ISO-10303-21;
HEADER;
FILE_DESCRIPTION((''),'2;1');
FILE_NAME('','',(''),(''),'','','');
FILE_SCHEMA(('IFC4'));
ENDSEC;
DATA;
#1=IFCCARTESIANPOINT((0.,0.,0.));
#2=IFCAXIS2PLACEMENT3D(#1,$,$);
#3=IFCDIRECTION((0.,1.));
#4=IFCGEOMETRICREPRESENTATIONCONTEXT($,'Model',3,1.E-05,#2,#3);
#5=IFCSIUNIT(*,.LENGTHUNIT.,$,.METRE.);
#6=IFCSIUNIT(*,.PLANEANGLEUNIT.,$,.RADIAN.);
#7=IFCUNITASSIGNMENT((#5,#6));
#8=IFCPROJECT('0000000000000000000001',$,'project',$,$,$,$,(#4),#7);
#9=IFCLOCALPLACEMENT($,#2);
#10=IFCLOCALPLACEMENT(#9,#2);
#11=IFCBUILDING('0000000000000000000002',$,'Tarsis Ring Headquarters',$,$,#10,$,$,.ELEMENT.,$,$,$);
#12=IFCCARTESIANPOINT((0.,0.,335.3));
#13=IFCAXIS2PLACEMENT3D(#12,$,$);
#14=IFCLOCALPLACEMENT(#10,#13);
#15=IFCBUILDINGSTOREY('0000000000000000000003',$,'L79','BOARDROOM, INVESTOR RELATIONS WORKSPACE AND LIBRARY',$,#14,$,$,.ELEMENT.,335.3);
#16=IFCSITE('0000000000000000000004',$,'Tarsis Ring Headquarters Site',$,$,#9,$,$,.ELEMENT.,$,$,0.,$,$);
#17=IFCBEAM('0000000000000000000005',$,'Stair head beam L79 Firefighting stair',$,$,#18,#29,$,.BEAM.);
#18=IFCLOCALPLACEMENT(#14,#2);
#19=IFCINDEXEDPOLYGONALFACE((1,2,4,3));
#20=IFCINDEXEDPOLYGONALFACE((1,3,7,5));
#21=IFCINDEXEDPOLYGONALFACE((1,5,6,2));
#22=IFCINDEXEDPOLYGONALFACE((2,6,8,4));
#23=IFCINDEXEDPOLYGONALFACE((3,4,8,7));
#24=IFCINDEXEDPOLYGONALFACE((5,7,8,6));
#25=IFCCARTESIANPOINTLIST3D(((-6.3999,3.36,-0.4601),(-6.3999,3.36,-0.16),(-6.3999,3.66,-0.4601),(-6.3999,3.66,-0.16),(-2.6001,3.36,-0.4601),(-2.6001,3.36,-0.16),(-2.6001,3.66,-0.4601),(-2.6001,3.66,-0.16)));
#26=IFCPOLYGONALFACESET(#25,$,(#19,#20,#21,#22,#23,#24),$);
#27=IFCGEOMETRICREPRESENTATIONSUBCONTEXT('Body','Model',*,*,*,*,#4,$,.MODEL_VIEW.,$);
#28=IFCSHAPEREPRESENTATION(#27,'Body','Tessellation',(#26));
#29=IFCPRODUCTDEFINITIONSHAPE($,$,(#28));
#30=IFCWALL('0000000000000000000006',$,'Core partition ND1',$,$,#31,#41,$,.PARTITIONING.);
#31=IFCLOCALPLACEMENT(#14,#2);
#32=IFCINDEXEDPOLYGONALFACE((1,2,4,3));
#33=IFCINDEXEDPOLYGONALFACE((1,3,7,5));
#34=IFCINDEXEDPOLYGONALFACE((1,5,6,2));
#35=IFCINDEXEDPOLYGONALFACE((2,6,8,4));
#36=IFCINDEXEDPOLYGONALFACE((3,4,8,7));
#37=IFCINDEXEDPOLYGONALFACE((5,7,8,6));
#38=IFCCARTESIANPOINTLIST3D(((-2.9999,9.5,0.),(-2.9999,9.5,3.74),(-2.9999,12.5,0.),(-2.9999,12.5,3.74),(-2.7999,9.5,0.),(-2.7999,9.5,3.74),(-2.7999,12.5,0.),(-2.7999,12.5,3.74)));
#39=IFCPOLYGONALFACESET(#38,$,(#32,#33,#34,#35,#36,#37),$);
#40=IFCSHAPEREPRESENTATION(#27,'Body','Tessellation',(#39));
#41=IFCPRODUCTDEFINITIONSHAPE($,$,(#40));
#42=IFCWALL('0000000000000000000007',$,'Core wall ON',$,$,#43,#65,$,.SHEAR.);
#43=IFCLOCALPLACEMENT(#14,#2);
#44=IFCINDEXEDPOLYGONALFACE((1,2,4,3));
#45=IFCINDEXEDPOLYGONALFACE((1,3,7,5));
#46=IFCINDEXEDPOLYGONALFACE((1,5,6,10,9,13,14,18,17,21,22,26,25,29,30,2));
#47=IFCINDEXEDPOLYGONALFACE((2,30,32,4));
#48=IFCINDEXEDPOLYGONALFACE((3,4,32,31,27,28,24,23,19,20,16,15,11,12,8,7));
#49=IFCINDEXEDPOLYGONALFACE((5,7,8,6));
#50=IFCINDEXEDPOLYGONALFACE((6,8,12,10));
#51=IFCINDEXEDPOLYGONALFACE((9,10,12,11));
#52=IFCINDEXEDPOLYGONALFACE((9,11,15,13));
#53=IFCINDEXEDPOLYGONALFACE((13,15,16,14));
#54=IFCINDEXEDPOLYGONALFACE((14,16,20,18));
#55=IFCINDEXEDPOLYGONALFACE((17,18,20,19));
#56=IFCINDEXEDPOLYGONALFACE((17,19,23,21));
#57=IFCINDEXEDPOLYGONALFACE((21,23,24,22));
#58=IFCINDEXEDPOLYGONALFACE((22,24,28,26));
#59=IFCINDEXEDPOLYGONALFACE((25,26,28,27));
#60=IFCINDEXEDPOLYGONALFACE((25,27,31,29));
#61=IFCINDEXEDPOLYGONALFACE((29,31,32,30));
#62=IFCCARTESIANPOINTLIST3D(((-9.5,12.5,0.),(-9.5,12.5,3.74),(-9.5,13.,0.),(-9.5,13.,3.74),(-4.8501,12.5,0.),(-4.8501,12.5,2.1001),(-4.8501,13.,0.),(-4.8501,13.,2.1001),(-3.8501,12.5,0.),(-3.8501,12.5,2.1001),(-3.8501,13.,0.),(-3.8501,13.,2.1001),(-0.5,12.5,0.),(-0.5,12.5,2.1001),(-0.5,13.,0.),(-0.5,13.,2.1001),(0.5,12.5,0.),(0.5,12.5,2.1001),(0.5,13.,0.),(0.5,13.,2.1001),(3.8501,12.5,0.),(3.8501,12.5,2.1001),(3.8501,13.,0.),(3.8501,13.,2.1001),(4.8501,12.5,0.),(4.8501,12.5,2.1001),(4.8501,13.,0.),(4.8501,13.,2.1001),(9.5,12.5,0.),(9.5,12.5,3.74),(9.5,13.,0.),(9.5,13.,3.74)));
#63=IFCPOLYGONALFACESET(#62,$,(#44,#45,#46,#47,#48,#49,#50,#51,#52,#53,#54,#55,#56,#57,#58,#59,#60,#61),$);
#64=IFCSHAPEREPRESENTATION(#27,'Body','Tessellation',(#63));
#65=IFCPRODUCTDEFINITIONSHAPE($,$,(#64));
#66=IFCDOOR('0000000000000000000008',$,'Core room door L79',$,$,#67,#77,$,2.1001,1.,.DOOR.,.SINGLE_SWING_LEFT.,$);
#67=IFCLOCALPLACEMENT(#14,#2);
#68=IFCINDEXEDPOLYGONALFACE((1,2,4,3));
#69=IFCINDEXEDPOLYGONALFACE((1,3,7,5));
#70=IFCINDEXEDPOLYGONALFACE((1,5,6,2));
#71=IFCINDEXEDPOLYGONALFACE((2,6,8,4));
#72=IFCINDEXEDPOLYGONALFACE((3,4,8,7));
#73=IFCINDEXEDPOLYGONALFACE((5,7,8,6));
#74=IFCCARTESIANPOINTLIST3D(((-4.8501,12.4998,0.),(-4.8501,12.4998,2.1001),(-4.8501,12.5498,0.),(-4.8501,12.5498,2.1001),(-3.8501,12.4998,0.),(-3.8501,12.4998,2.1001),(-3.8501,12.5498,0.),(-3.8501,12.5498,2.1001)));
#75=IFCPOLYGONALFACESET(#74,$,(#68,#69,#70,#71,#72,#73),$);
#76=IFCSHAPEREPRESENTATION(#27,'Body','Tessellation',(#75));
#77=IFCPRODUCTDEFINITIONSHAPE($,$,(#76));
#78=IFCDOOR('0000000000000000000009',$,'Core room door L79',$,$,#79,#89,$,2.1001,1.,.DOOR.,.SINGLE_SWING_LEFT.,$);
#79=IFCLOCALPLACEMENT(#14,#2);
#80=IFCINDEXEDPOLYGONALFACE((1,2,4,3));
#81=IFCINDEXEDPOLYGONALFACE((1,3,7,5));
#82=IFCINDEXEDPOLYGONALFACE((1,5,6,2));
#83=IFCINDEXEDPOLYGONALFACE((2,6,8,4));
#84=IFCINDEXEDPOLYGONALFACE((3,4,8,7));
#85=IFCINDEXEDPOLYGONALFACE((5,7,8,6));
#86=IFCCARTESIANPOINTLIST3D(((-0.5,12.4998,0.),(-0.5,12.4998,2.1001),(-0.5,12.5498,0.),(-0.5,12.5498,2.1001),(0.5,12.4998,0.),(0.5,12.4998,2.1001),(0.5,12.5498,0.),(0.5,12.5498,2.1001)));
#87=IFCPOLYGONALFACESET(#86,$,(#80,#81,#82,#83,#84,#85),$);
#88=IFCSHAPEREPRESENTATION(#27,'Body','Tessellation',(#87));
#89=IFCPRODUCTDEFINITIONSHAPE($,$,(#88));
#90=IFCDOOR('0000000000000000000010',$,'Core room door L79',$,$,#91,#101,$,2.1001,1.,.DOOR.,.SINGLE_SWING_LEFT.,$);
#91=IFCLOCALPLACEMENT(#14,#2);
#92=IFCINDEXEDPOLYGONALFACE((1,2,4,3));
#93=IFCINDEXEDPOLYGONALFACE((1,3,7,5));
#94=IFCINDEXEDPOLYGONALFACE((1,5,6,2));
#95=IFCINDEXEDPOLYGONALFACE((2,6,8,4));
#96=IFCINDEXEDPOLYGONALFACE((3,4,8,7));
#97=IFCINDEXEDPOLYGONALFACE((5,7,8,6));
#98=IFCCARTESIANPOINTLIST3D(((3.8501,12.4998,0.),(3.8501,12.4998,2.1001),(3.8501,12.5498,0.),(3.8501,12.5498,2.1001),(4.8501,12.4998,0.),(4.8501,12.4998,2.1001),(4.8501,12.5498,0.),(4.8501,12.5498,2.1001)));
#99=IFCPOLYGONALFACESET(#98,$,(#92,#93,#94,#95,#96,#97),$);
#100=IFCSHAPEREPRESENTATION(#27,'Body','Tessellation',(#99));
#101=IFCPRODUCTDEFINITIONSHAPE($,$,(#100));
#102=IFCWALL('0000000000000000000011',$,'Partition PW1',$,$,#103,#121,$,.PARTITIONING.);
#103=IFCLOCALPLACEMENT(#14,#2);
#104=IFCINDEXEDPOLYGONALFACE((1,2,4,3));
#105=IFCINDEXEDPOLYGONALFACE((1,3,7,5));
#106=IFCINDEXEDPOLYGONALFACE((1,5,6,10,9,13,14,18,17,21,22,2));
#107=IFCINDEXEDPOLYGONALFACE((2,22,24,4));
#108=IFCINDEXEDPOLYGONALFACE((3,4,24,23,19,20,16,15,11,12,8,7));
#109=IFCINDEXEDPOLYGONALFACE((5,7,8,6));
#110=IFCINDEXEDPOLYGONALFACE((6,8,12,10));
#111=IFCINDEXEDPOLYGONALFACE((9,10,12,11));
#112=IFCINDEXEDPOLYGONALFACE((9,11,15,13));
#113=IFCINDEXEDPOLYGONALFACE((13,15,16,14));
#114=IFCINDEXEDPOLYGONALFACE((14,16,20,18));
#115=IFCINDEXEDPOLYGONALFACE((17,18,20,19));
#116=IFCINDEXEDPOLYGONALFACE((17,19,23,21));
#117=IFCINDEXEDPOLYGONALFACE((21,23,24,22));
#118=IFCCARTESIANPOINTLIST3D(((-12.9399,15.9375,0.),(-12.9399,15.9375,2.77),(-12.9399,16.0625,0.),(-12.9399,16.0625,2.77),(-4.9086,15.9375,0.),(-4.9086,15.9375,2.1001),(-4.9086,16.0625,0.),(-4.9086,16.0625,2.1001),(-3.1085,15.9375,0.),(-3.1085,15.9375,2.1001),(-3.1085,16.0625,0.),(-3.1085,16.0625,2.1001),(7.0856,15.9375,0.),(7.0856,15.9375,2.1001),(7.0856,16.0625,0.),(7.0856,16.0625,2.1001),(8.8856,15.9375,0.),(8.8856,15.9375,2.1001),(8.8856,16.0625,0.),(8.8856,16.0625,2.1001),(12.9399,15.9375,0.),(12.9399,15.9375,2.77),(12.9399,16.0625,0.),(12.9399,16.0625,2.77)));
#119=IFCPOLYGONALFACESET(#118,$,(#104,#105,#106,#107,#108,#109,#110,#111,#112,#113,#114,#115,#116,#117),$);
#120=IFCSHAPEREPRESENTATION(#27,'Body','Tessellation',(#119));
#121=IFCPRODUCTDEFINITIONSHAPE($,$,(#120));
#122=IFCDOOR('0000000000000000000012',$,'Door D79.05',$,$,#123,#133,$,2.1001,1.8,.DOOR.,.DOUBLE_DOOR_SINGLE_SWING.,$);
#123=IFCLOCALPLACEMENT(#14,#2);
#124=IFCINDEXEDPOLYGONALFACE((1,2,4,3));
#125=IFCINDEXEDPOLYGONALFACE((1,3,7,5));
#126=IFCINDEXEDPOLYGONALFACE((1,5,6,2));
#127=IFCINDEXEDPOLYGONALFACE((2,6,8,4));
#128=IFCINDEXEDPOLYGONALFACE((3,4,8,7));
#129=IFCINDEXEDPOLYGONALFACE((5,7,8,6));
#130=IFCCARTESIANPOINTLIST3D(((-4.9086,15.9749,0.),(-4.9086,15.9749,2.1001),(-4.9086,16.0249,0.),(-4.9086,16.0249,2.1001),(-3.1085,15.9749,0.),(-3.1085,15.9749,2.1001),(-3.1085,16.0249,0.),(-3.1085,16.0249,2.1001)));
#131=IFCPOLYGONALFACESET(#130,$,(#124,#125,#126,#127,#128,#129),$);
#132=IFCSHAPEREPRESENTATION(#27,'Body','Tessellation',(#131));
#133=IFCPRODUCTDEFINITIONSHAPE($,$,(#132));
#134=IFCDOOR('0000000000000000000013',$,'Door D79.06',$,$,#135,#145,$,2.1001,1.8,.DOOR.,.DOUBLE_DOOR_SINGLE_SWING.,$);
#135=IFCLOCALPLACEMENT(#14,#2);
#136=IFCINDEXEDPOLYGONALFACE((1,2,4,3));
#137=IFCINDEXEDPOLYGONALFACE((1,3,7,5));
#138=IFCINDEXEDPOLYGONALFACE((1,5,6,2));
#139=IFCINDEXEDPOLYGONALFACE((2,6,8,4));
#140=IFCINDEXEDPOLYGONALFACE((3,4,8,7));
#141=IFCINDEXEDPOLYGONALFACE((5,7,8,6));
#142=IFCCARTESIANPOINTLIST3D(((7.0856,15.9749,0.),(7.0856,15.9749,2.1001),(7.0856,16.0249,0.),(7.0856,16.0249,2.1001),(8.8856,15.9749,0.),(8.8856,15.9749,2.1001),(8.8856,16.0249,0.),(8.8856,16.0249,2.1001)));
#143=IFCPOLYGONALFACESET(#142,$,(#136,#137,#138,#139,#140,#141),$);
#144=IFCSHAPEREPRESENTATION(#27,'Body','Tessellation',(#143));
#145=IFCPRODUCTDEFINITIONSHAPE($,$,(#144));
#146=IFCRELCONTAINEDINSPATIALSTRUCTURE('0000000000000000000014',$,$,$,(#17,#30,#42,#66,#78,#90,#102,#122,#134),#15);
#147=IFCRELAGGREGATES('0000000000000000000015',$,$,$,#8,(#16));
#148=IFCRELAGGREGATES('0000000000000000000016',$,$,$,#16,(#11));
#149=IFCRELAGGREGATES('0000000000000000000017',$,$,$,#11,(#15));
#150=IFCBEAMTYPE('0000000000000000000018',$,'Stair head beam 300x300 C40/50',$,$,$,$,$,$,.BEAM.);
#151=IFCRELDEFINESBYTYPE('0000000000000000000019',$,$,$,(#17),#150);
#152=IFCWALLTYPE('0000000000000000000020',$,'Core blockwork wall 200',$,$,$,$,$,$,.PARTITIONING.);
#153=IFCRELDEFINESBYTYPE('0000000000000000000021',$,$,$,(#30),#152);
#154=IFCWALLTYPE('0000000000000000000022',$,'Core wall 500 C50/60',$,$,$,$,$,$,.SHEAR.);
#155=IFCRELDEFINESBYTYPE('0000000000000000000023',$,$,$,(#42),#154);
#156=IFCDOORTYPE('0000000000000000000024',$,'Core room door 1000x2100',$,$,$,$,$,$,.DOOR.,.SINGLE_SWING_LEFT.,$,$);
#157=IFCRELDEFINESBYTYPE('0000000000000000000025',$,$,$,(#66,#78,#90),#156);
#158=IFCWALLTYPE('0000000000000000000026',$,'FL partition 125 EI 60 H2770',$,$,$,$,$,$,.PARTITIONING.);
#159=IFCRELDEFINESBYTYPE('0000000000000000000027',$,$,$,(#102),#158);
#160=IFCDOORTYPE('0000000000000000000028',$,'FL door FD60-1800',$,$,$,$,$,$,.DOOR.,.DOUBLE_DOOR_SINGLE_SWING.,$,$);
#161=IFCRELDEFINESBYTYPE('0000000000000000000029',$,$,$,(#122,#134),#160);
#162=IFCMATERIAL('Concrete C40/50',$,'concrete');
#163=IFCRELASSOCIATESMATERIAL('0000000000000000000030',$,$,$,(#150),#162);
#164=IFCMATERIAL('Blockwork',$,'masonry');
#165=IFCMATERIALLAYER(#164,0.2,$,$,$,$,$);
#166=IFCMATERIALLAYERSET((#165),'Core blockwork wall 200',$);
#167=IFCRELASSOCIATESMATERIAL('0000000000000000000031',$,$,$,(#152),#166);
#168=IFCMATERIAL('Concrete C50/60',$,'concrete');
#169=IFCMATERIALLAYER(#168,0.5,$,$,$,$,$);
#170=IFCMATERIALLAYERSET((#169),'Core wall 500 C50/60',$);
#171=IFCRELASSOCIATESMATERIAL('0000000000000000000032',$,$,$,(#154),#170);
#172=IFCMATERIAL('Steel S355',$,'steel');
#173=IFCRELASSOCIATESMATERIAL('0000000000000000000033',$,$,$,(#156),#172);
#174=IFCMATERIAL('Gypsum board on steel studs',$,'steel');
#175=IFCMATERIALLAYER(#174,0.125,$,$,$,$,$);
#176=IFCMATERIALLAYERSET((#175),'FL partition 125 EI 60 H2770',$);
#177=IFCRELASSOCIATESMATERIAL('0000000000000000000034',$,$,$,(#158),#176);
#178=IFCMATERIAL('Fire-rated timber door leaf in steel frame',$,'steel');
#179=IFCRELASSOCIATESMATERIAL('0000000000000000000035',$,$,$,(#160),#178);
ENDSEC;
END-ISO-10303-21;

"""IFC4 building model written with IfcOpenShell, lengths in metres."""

from ifc_helpers import new_model, si_unit, direction, frame, frame_2d, origin, origin_2d, place, context, subcontext, project, spatial, rectangle, extrude, material, layer, layer_set, material_profile, profile_set, type_object, element, fill, save


model = new_model("IFC4")

# Units and contexts
model_context = context("Model", 3, precision=1e-05, world=origin(), true_north=direction((0.0, 1.0)))
body_context = subcontext(model_context, "Body", "Model", "MODEL_VIEW")
ifc_project = project(units=[si_unit("LENGTHUNIT", "METRE"), si_unit("PLANEANGLEUNIT", "RADIAN")], contexts=[model_context])

# Site, building, storey
site_placement = place(None, origin())
site = spatial("IfcSite", under=ifc_project, at=site_placement, Name="Tarsis Ring Headquarters Site", CompositionType="ELEMENT", RefElevation=0.0)
building_placement = place(site_placement, origin())
building = spatial("IfcBuilding", under=site, at=building_placement, Name="Tarsis Ring Headquarters", CompositionType="ELEMENT")
storey_placement = place(building_placement, frame((0.0, 0.0, 335.3)))
storey = spatial("IfcBuildingStorey", under=building, at=storey_placement, Name="L79", Description="BOARDROOM, INVESTOR RELATIONS WORKSPACE AND LIBRARY", CompositionType="ELEMENT", Elevation=335.3)

# Beam
ifc_material_1 = material(Name="Concrete C40/50", Category="concrete")
ifc_material_profile = material_profile(ifc_material_1, rectangle(XDim=0.3, YDim=0.3, at=origin_2d()), Name="Stair head beam 300x300 C40/50")
ifc_profile_set = profile_set([ifc_material_profile], Name="Concrete C40/50")
beam_type = type_object("IfcBeamType", Name="Stair head beam 300x300 C40/50", PredefinedType="BEAM", material=ifc_profile_set)
beam_placement = place(storey_placement, frame((-6.3999, 3.51, -0.3101), z_axis=(1.0, 0.0, 0.0), x_axis=(0.0, 1.0, 0.0)))
element("IfcBeam", 1, at=beam_placement, inside=storey, type_object=beam_type, Name="Stair head beam L79 Firefighting stair", PredefinedType="BEAM", context=body_context, shape_type="SweptSolid", body=[
    extrude(rectangle(XDim=0.3, YDim=0.3, at=origin_2d()), origin(), (0.0, 0.0, 1.0), 3.7998),
])

# Wall
ifc_material_2 = material(Name="Blockwork", Category="masonry")
ifc_layer_1 = layer(ifc_material_2, 0.2)
ifc_layer_set_1 = layer_set([ifc_layer_1], Name="Core blockwork wall 200")
wall_type_1 = type_object("IfcWallType", Name="Core blockwork wall 200", PredefinedType="PARTITIONING", material=ifc_layer_set_1)
wall_1_placement = place(storey_placement, frame((-2.8999, 9.5, 0.0), z_axis=(0.0, 0.0, 1.0), x_axis=(0.0, 1.0, 0.0)))
element("IfcWall", 2, at=wall_1_placement, inside=storey, type_object=wall_type_1, Name="Core partition ND1", PredefinedType="PARTITIONING", context=body_context, shape_type="SweptSolid", body=[
    extrude(rectangle(XDim=3.0, YDim=0.2, at=frame_2d((1.5, 0.0))), origin(), (0.0, 0.0, 1.0), 3.74),
])

# Walls, openings, doors
ifc_material_3 = material(Name="Concrete C50/60", Category="concrete")
ifc_layer_2 = layer(ifc_material_3, 0.5)
ifc_layer_set_2 = layer_set([ifc_layer_2], Name="Core wall 500 C50/60")
wall_type_2 = type_object("IfcWallType", Name="Core wall 500 C50/60", PredefinedType="SHEAR", material=ifc_layer_set_2)
wall_2_placement = place(storey_placement, frame((-9.5, 12.75, 0.0), z_axis=(0.0, 0.0, 1.0), x_axis=(1.0, 0.0, 0.0)))
wall_2 = element("IfcWall", 3, at=wall_2_placement, inside=storey, type_object=wall_type_2, Name="Core wall ON", PredefinedType="SHEAR", context=body_context, shape_type="SweptSolid", body=[
    extrude(rectangle(XDim=19.0, YDim=0.5, at=frame_2d((9.5, 0.0))), origin(), (0.0, 0.0, 1.0), 3.74),
])
opening_1_placement = place(wall_2_placement, frame((4.6499, 0.0, 0.0)))
opening_1 = element("IfcOpeningElement", 4, at=opening_1_placement, cuts=wall_2, PredefinedType="OPENING", context=body_context, shape_type="SweptSolid", body=[
    extrude(rectangle(XDim=1.0, YDim=2.1001, at=frame_2d((0.5, 1.05))), frame((0.0, 0.26, 0.0), z_axis=(0.0, -1.0, 0.0), x_axis=(1.0, 0.0, 0.0)), (0.0, 0.0, 1.0), 0.52),
])
opening_2_placement = place(wall_2_placement, frame((9.0, 0.0, 0.0)))
opening_2 = element("IfcOpeningElement", 5, at=opening_2_placement, cuts=wall_2, PredefinedType="OPENING", context=body_context, shape_type="SweptSolid", body=[
    extrude(rectangle(XDim=1.0, YDim=2.1001, at=frame_2d((0.5, 1.05))), frame((0.0, 0.26, 0.0), z_axis=(0.0, -1.0, 0.0), x_axis=(1.0, 0.0, 0.0)), (0.0, 0.0, 1.0), 0.52),
])
opening_3_placement = place(wall_2_placement, frame((13.3501, 0.0, 0.0)))
opening_3 = element("IfcOpeningElement", 6, at=opening_3_placement, cuts=wall_2, PredefinedType="OPENING", context=body_context, shape_type="SweptSolid", body=[
    extrude(rectangle(XDim=1.0, YDim=2.1001, at=frame_2d((0.5, 1.05))), frame((0.0, 0.26, 0.0), z_axis=(0.0, -1.0, 0.0), x_axis=(1.0, 0.0, 0.0)), (0.0, 0.0, 1.0), 0.52),
])
ifc_material_4 = material(Name="Steel S355", Category="steel")
door_type_1 = type_object("IfcDoorType", Name="Core room door 1000x2100", OperationType="SINGLE_SWING_LEFT", PredefinedType="DOOR", material=ifc_material_4)
door_1_placement = place(opening_1_placement, origin())
door_1 = element("IfcDoor", 7, at=door_1_placement, inside=storey, type_object=door_type_1, Name="Core room door L79", OperationType="SINGLE_SWING_LEFT", OverallHeight=2.1001, OverallWidth=1.0, PredefinedType="DOOR", context=body_context, shape_type="SweptSolid", body=[
    extrude(rectangle(XDim=1.0, YDim=2.1001, at=frame_2d((0.5, 1.05))), frame((0.0, -0.2002, 0.0), z_axis=(0.0, -1.0, 0.0), x_axis=(1.0, 0.0, 0.0)), (0.0, 0.0, 1.0), 0.05),
])
fill(opening_1, door_1)
door_2_placement = place(opening_2_placement, origin())
door_2 = element("IfcDoor", 8, at=door_2_placement, inside=storey, type_object=door_type_1, Name="Core room door L79", OperationType="SINGLE_SWING_LEFT", OverallHeight=2.1001, OverallWidth=1.0, PredefinedType="DOOR", context=body_context, shape_type="SweptSolid", body=[
    extrude(rectangle(XDim=1.0, YDim=2.1001, at=frame_2d((0.5, 1.05))), frame((0.0, -0.2002, 0.0), z_axis=(0.0, -1.0, 0.0), x_axis=(1.0, 0.0, 0.0)), (0.0, 0.0, 1.0), 0.05),
])
fill(opening_2, door_2)
door_3_placement = place(opening_3_placement, origin())
door_3 = element("IfcDoor", 9, at=door_3_placement, inside=storey, type_object=door_type_1, Name="Core room door L79", OperationType="SINGLE_SWING_LEFT", OverallHeight=2.1001, OverallWidth=1.0, PredefinedType="DOOR", context=body_context, shape_type="SweptSolid", body=[
    extrude(rectangle(XDim=1.0, YDim=2.1001, at=frame_2d((0.5, 1.05))), frame((0.0, -0.2002, 0.0), z_axis=(0.0, -1.0, 0.0), x_axis=(1.0, 0.0, 0.0)), (0.0, 0.0, 1.0), 0.05),
])
fill(opening_3, door_3)
ifc_material_5 = material(Name="Gypsum board on steel studs", Category="steel")
ifc_layer_3 = layer(ifc_material_5, 0.125)
ifc_layer_set_3 = layer_set([ifc_layer_3], Name="FL partition 125 EI 60 H2770")
wall_type_3 = type_object("IfcWallType", Name="FL partition 125 EI 60 H2770", PredefinedType="PARTITIONING", material=ifc_layer_set_3)
wall_3_placement = place(storey_placement, frame((-12.9399, 16.0, 0.0), z_axis=(0.0, 0.0, 1.0), x_axis=(1.0, 0.0, 0.0)))
wall_3 = element("IfcWall", 10, at=wall_3_placement, inside=storey, type_object=wall_type_3, Name="Partition PW1", PredefinedType="PARTITIONING", context=body_context, shape_type="SweptSolid", body=[
    extrude(rectangle(XDim=25.8799, YDim=0.125, at=frame_2d((12.9399, 0.0))), origin(), (0.0, 0.0, 1.0), 2.77),
])
opening_4_placement = place(wall_3_placement, frame((8.0315, 0.0, 0.0)))
opening_4 = element("IfcOpeningElement", 11, at=opening_4_placement, cuts=wall_3, PredefinedType="OPENING", context=body_context, shape_type="SweptSolid", body=[
    extrude(rectangle(XDim=1.8, YDim=2.1001, at=frame_2d((0.8999, 1.05))), frame((0.0, 0.0725, 0.0), z_axis=(0.0, -1.0, 0.0), x_axis=(1.0, 0.0, 0.0)), (0.0, 0.0, 1.0), 0.145),
])
opening_5_placement = place(wall_3_placement, frame((20.0256, 0.0, 0.0)))
opening_5 = element("IfcOpeningElement", 12, at=opening_5_placement, cuts=wall_3, PredefinedType="OPENING", context=body_context, shape_type="SweptSolid", body=[
    extrude(rectangle(XDim=1.8, YDim=2.1001, at=frame_2d((0.8999, 1.05))), frame((0.0, 0.0725, 0.0), z_axis=(0.0, -1.0, 0.0), x_axis=(1.0, 0.0, 0.0)), (0.0, 0.0, 1.0), 0.145),
])
ifc_material_6 = material(Name="Fire-rated timber door leaf in steel frame", Category="steel")
door_type_2 = type_object("IfcDoorType", Name="FL door FD60-1800", OperationType="DOUBLE_DOOR_SINGLE_SWING", PredefinedType="DOOR", material=ifc_material_6)
door_4_placement = place(opening_4_placement, origin())
door_4 = element("IfcDoor", 13, at=door_4_placement, inside=storey, type_object=door_type_2, Name="Door D79.05", OperationType="DOUBLE_DOOR_SINGLE_SWING", OverallHeight=2.1001, OverallWidth=1.8, PredefinedType="DOOR", context=body_context, shape_type="SweptSolid", body=[
    extrude(rectangle(XDim=1.8, YDim=2.1001, at=frame_2d((0.8999, 1.05))), frame((0.0, 0.0249, 0.0), z_axis=(0.0, -1.0, 0.0), x_axis=(1.0, 0.0, 0.0)), (0.0, 0.0, 1.0), 0.05),
])
fill(opening_4, door_4)
door_5_placement = place(opening_5_placement, origin())
door_5 = element("IfcDoor", 14, at=door_5_placement, inside=storey, type_object=door_type_2, Name="Door D79.06", OperationType="DOUBLE_DOOR_SINGLE_SWING", OverallHeight=2.1001, OverallWidth=1.8, PredefinedType="DOOR", context=body_context, shape_type="SweptSolid", body=[
    extrude(rectangle(XDim=1.8, YDim=2.1001, at=frame_2d((0.8999, 1.05))), frame((0.0, 0.0249, 0.0), z_axis=(0.0, -1.0, 0.0), x_axis=(1.0, 0.0, 0.0)), (0.0, 0.0, 1.0), 0.05),
])
fill(opening_5, door_5)

save(model, "model.ifc")
